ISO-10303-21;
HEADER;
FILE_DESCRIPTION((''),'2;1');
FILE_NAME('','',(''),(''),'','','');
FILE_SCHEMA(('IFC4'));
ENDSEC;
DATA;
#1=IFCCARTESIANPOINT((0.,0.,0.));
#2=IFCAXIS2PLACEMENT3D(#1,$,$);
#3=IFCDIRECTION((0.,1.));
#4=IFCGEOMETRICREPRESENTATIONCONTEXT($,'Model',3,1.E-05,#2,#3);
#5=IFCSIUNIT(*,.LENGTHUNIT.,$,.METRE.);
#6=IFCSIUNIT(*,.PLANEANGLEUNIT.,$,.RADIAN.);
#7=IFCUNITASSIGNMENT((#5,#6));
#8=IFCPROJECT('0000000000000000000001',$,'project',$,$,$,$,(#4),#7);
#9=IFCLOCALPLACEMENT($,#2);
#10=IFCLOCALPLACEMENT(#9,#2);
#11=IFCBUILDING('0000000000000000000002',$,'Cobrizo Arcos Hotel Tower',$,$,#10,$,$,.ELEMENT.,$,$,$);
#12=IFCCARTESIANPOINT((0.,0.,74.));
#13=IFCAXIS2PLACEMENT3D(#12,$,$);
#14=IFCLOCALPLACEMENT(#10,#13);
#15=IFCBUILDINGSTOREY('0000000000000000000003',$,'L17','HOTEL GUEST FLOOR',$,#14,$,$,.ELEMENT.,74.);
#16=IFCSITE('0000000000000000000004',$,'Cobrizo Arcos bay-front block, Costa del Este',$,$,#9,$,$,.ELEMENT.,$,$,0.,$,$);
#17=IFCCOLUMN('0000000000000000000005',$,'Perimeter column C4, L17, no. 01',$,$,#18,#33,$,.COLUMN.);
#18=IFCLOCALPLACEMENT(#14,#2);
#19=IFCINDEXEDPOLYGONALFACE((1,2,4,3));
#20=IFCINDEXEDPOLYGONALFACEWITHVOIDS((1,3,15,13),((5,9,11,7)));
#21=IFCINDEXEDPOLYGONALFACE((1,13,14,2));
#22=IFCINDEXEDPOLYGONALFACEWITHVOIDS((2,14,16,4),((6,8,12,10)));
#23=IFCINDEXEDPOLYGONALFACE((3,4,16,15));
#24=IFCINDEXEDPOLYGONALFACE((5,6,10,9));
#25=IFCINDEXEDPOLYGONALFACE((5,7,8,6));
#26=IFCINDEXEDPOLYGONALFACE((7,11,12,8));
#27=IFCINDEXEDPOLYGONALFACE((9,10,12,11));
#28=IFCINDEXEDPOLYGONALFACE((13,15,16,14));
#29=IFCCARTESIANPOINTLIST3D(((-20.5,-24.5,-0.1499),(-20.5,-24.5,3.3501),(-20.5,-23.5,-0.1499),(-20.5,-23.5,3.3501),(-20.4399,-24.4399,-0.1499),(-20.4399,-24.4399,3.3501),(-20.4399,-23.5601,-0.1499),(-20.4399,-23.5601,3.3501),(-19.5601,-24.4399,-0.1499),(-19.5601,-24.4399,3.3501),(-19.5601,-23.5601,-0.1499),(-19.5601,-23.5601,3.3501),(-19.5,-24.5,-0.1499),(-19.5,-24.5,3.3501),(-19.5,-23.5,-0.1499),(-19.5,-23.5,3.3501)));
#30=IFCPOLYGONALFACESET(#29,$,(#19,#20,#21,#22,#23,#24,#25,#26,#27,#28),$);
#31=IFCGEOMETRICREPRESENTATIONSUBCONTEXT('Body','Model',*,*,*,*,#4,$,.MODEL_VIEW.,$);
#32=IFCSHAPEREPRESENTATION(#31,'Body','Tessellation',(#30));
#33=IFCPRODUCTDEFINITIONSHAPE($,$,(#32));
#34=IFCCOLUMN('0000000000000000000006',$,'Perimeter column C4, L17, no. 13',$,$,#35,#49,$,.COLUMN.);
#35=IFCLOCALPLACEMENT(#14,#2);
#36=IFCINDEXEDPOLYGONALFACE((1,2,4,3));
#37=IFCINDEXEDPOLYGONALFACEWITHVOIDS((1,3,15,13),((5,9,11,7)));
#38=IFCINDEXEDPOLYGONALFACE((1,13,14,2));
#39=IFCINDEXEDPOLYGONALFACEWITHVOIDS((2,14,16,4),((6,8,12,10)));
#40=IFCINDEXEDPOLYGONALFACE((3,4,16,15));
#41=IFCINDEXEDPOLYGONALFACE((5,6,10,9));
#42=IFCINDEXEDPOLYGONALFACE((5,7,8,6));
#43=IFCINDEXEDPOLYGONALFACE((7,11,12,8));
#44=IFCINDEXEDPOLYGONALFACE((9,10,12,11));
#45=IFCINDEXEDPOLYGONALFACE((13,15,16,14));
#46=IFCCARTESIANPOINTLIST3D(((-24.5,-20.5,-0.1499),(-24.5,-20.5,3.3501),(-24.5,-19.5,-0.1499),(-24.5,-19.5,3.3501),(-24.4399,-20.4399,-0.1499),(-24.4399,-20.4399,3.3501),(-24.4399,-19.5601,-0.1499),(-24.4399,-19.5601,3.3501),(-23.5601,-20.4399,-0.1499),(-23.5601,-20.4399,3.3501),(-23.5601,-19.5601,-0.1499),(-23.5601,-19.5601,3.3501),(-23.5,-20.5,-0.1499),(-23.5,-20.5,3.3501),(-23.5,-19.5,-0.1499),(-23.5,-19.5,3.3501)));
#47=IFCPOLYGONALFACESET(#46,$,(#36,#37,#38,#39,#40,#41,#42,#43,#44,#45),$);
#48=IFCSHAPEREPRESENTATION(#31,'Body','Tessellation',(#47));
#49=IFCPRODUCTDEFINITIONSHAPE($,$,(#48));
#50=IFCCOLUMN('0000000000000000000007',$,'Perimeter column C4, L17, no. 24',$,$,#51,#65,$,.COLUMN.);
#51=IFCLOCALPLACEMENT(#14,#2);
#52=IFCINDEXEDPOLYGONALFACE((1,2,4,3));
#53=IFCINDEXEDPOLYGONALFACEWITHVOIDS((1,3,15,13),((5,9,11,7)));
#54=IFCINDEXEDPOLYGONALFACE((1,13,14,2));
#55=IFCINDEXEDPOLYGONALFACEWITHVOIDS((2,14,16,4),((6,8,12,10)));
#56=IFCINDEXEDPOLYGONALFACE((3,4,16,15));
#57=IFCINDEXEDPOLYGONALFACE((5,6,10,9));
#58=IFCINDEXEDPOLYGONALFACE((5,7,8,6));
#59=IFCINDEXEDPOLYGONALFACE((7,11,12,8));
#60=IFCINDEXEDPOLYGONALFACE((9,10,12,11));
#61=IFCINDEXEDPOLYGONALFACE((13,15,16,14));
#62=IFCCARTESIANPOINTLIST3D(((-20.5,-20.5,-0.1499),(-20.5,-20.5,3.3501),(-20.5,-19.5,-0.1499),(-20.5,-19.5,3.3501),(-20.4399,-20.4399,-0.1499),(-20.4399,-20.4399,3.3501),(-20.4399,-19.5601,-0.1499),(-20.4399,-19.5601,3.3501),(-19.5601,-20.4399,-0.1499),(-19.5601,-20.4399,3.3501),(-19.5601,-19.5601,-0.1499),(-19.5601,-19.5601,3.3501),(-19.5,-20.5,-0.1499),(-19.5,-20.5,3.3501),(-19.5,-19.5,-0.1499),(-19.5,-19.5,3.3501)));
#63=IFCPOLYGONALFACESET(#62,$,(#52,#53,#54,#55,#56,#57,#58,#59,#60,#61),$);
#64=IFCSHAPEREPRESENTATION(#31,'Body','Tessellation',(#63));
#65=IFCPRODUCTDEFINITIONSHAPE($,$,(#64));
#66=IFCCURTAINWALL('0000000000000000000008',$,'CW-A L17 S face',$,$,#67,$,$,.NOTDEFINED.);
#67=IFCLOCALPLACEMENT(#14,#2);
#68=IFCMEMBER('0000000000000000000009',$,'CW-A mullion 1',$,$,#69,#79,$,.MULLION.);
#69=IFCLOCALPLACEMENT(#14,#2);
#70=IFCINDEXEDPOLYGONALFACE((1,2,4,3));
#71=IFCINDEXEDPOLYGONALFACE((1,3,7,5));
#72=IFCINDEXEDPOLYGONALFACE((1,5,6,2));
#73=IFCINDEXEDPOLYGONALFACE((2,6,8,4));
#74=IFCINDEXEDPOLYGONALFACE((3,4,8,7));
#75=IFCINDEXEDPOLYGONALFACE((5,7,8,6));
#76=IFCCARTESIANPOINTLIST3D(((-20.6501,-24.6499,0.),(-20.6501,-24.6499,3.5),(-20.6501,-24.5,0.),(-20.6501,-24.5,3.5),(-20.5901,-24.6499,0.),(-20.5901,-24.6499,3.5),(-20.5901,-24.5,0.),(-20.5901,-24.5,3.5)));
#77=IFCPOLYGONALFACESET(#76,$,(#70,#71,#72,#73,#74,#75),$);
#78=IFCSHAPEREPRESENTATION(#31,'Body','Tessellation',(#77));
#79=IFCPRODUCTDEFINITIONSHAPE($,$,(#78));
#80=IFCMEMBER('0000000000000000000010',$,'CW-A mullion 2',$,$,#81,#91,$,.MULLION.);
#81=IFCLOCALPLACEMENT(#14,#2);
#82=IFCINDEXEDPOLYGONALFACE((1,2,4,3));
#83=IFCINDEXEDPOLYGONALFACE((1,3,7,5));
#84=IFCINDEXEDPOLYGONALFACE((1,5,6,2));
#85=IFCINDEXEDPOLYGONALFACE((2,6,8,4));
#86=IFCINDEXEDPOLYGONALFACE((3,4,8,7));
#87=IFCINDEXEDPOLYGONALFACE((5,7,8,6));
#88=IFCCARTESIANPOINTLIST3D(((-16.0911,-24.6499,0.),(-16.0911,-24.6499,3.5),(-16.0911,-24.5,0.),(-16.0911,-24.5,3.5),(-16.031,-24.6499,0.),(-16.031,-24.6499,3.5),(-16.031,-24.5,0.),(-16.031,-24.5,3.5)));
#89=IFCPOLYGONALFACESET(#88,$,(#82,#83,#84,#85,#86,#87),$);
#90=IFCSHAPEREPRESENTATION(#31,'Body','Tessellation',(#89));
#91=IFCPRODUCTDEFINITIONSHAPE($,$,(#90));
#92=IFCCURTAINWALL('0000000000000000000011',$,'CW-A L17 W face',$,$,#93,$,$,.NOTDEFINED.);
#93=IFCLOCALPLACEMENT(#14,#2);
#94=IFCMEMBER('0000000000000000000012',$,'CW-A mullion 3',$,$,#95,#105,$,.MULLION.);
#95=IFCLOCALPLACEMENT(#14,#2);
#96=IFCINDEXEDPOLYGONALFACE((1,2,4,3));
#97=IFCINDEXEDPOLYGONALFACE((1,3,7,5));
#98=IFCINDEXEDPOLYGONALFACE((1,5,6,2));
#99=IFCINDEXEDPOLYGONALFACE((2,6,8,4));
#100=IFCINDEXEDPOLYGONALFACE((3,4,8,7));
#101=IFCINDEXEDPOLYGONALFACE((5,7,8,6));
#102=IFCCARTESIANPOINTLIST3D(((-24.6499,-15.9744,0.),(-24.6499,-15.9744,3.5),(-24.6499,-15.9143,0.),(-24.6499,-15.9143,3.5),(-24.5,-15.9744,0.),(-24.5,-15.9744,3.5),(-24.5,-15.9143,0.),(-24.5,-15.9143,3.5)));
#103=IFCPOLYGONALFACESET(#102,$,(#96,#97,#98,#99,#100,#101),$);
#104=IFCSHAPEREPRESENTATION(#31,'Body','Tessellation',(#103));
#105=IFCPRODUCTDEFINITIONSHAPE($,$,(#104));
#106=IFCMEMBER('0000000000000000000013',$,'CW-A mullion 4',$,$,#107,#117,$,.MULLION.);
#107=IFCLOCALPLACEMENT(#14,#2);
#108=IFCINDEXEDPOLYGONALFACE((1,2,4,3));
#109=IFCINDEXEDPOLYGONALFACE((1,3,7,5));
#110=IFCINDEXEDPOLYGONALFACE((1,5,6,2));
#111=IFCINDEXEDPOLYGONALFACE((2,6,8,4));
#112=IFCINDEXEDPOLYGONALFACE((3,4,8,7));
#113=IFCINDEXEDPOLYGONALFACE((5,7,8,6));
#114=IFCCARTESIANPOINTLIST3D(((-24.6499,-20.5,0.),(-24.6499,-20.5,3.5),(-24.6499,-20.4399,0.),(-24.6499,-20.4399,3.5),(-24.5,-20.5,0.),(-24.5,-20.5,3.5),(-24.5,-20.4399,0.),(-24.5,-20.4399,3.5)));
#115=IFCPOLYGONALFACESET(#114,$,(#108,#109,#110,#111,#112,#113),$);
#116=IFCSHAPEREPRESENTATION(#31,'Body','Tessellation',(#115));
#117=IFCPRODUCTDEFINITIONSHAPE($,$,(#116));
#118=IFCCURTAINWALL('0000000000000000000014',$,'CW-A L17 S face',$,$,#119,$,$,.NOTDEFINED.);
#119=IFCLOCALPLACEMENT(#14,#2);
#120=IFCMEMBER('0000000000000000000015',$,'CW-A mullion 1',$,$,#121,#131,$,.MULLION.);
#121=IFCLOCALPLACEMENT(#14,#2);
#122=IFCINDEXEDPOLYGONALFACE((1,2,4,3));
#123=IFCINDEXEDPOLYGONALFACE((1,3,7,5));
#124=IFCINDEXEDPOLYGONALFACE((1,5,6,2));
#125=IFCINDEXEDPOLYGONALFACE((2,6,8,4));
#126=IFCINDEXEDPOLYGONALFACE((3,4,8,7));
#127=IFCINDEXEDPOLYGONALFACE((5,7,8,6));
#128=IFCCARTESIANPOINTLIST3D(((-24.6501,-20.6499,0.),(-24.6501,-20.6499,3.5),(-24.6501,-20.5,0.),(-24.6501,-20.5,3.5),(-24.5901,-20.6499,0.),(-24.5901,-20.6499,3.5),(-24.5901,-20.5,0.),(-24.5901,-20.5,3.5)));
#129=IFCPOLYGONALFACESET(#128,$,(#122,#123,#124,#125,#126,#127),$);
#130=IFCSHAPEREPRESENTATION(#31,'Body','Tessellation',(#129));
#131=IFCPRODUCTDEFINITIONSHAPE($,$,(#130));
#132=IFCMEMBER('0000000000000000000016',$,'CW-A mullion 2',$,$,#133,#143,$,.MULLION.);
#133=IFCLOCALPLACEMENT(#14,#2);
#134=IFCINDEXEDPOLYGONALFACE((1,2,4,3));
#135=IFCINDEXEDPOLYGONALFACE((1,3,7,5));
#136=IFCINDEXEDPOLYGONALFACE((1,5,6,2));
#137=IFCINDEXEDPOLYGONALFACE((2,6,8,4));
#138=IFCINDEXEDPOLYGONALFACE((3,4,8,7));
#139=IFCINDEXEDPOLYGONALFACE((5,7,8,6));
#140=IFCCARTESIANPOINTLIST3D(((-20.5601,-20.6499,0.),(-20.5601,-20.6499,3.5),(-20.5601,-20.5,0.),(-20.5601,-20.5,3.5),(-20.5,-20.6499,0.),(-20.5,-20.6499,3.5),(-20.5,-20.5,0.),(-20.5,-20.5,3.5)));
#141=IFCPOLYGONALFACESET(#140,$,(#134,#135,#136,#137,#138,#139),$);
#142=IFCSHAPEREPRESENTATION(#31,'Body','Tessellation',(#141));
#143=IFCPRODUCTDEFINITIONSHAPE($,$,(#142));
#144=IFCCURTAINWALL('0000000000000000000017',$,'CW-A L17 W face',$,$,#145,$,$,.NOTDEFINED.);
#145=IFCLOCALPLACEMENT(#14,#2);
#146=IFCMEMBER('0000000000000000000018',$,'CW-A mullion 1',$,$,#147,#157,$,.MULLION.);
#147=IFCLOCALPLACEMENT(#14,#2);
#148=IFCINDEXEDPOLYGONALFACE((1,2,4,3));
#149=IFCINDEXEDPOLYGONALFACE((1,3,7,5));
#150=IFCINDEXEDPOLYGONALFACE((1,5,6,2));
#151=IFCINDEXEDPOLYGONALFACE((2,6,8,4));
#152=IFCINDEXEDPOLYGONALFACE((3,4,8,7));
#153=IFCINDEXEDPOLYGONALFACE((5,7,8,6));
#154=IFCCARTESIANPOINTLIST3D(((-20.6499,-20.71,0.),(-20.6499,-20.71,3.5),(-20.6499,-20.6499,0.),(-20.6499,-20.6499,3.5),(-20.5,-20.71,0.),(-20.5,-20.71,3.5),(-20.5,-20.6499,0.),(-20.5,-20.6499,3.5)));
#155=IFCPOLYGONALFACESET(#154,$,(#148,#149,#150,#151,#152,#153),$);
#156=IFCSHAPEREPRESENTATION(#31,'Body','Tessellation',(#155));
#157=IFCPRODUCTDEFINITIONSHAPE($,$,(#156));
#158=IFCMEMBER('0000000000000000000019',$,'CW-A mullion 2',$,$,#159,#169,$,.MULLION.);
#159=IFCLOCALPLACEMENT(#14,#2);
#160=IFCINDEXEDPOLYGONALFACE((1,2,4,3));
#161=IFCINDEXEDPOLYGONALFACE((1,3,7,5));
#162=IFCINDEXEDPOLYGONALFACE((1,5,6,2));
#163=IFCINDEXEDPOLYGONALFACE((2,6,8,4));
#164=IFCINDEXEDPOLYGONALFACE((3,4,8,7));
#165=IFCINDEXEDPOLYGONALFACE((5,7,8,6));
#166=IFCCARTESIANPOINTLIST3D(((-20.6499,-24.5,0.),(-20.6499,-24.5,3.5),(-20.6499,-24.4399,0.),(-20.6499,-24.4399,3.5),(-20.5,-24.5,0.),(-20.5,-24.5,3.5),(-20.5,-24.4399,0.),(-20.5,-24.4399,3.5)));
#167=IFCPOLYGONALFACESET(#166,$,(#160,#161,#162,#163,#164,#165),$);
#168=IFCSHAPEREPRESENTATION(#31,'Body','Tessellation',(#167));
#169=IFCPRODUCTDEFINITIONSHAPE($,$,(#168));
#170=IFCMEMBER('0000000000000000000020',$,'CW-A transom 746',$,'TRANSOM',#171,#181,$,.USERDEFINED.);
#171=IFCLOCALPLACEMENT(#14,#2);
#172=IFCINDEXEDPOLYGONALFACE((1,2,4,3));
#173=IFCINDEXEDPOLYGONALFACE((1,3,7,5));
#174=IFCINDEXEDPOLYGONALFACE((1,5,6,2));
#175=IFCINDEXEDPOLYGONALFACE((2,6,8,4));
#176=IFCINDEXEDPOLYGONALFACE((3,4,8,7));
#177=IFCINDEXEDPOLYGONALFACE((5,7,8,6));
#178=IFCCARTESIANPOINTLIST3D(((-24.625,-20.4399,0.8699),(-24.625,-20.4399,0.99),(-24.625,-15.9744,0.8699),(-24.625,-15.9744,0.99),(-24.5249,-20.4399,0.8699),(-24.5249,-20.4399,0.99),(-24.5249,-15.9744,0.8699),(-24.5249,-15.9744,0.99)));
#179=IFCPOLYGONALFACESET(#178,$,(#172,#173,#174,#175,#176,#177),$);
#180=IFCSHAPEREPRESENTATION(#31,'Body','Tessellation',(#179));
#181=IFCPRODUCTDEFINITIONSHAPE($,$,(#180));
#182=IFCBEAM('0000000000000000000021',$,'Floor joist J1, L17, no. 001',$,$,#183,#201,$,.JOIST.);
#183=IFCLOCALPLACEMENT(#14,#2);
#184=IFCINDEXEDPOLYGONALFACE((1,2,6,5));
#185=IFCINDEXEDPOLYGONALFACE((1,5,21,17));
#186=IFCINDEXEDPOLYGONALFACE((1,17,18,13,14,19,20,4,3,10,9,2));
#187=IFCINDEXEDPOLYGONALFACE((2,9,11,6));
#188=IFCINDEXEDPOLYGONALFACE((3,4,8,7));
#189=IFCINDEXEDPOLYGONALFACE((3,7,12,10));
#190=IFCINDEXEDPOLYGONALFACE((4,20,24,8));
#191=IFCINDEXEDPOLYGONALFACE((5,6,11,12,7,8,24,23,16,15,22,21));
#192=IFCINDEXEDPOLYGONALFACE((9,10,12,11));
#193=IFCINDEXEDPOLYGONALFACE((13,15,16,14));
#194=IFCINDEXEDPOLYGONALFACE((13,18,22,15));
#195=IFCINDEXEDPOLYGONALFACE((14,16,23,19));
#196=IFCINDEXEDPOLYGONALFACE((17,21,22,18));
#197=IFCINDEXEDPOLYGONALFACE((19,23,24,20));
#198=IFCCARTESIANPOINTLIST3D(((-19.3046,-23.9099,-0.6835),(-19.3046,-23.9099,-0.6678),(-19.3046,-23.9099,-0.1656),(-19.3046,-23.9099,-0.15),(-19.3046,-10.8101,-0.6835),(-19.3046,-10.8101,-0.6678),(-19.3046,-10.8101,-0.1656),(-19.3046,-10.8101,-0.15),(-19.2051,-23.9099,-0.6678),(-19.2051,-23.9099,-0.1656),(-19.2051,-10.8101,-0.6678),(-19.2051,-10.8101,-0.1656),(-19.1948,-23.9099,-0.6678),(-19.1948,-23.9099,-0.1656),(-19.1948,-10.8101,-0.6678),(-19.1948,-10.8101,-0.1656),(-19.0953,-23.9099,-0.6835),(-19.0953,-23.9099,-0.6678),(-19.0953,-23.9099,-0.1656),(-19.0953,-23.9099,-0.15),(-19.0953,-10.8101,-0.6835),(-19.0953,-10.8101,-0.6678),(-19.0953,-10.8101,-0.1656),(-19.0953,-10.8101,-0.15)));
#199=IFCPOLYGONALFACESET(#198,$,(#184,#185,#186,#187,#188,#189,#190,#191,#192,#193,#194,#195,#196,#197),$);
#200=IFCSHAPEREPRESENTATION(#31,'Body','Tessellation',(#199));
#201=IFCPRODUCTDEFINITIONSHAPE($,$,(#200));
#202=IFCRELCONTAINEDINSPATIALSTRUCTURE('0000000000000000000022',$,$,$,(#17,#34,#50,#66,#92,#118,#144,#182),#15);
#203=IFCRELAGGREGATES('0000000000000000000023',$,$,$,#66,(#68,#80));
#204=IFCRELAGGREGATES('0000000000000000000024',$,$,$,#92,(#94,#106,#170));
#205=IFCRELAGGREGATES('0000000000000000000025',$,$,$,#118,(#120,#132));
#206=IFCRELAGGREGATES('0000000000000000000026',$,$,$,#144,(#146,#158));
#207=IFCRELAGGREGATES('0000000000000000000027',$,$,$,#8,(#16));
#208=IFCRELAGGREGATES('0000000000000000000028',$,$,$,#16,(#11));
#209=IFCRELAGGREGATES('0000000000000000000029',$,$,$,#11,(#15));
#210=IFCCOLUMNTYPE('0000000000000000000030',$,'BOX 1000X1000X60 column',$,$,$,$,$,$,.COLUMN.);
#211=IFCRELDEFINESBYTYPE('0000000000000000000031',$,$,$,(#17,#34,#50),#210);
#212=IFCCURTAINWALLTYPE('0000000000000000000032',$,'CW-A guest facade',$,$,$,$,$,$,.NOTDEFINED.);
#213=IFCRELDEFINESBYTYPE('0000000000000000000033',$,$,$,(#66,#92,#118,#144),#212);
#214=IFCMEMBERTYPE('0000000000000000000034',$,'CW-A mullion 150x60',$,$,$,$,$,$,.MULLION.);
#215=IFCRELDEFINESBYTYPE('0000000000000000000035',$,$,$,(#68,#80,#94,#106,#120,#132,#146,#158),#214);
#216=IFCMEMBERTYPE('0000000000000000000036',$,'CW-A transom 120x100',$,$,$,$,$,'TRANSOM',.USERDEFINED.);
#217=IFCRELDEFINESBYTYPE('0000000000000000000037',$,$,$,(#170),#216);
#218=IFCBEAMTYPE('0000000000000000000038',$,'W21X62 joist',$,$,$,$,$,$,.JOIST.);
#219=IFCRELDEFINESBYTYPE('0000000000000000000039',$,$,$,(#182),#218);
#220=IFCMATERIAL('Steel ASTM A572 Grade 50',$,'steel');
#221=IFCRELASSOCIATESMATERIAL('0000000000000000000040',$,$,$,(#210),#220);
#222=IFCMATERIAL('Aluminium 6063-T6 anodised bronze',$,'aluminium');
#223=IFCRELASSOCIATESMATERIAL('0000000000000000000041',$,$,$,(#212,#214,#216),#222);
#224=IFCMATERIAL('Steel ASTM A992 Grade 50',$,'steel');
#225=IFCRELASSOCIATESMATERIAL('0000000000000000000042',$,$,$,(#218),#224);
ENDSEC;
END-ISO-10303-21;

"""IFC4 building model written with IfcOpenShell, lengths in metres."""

from ifc_helpers import new_model, si_unit, direction, frame, origin, origin_2d, place, context, subcontext, project, spatial, rectangle, hollow_rectangle, i_section, extrude, material, material_profile, profile_set, type_object, element, aggregate, save


model = new_model("IFC4")

# Units and contexts
model_context = context("Model", 3, precision=1e-05, world=origin(), true_north=direction((0.0, 1.0)))
body_context = subcontext(model_context, "Body", "Model", "MODEL_VIEW")
ifc_project = project(units=[si_unit("LENGTHUNIT", "METRE"), si_unit("PLANEANGLEUNIT", "RADIAN")], contexts=[model_context])

# Site, building, storey
site_placement = place(None, origin())
site = spatial("IfcSite", under=ifc_project, at=site_placement, Name="Cobrizo Arcos bay-front block, Costa del Este", CompositionType="ELEMENT", RefElevation=0.0)
building_placement = place(site_placement, origin())
building = spatial("IfcBuilding", under=site, at=building_placement, Name="Cobrizo Arcos Hotel Tower", CompositionType="ELEMENT")
storey_placement = place(building_placement, frame((0.0, 0.0, 74.0)))
storey = spatial("IfcBuildingStorey", under=building, at=storey_placement, Name="L17", Description="HOTEL GUEST FLOOR", CompositionType="ELEMENT", Elevation=74.0)

# Columns
ifc_material_1 = material(Name="Steel ASTM A572 Grade 50", Category="steel")
ifc_material_profile_1 = material_profile(ifc_material_1, hollow_rectangle(XDim=1.0, YDim=1.0, WallThickness=0.0601, at=origin_2d()), Name="BOX 1000X1000X60")
ifc_profile_set_1 = profile_set([ifc_material_profile_1], Name="Steel ASTM A572 Grade 50")
column_type = type_object("IfcColumnType", Name="BOX 1000X1000X60 column", PredefinedType="COLUMN", material=ifc_profile_set_1)
for number, where, z_axis, x_axis, name in (
    (1, (-20.0, -24.0, -0.1499), (0.0, 0.0, 1.0), (1.0, 0.0, 0.0), "Perimeter column C4, L17, no. 01"),
    (2, (-24.0, -20.0, -0.1499), (0.0, 0.0, 1.0), (1.0, 0.0, 0.0), "Perimeter column C4, L17, no. 13"),
    (3, (-20.0, -20.0, -0.1499), (0.0, 0.0, 1.0), (1.0, 0.0, 0.0), "Perimeter column C4, L17, no. 24"),
):
    element("IfcColumn", number, at=place(storey_placement, frame(where, z_axis=z_axis, x_axis=x_axis)), inside=storey, type_object=column_type, Name=name, PredefinedType="COLUMN", context=body_context, shape_type="SweptSolid", body=[
        extrude(hollow_rectangle(XDim=1.0, YDim=1.0, WallThickness=0.0601, at=origin_2d()), origin(), (0.0, 0.0, 1.0), 3.5),
    ])

# Curtain walls, members
ifc_material_2 = material(Name="Aluminium 6063-T6 anodised bronze", Category="aluminium")
curtain_wall_type = type_object("IfcCurtainWallType", Name="CW-A guest facade", PredefinedType="NOTDEFINED", material=ifc_material_2)
curtain_wall_1_placement = place(storey_placement, origin())
curtain_wall_1 = element("IfcCurtainWall", 4, at=curtain_wall_1_placement, inside=storey, type_object=curtain_wall_type, Name="CW-A L17 S face", PredefinedType="NOTDEFINED")
ifc_material_profile_2 = material_profile(ifc_material_2, rectangle(XDim=0.1499, YDim=0.0601, at=origin_2d()), Name="CW-A mullion 150x60")
ifc_profile_set_2 = profile_set([ifc_material_profile_2], Name="Aluminium 6063-T6 anodised bronze")
member_type_1 = type_object("IfcMemberType", Name="CW-A mullion 150x60", PredefinedType="MULLION", material=ifc_profile_set_2)
member_1_placement = place(storey_placement, frame((-20.6201, -24.575, 0.0), z_axis=(0.0, 0.0, 1.0), x_axis=(0.0, -1.0, 0.0)))
member_1 = element("IfcMember", 5, at=member_1_placement, type_object=member_type_1, Name="CW-A mullion 1", PredefinedType="MULLION", context=body_context, shape_type="SweptSolid", body=[
    extrude(rectangle(XDim=0.1499, YDim=0.0601, at=origin_2d()), origin(), (0.0, 0.0, 1.0), 3.5),
])
member_2_placement = place(storey_placement, frame((-16.061, -24.575, 0.0), z_axis=(0.0, 0.0, 1.0), x_axis=(0.0, -1.0, 0.0)))
member_2 = element("IfcMember", 6, at=member_2_placement, type_object=member_type_1, Name="CW-A mullion 2", PredefinedType="MULLION", context=body_context, shape_type="SweptSolid", body=[
    extrude(rectangle(XDim=0.1499, YDim=0.0601, at=origin_2d()), origin(), (0.0, 0.0, 1.0), 3.5),
])
curtain_wall_2_placement = place(storey_placement, origin())
curtain_wall_2 = element("IfcCurtainWall", 7, at=curtain_wall_2_placement, inside=storey, type_object=curtain_wall_type, Name="CW-A L17 W face", PredefinedType="NOTDEFINED")
member_3_placement = place(storey_placement, frame((-24.575, -15.9443, 0.0), z_axis=(0.0, 0.0, 1.0), x_axis=(-1.0, 0.0, 0.0)))
member_3 = element("IfcMember", 8, at=member_3_placement, type_object=member_type_1, Name="CW-A mullion 3", PredefinedType="MULLION", context=body_context, shape_type="SweptSolid", body=[
    extrude(rectangle(XDim=0.1499, YDim=0.0601, at=origin_2d()), origin(), (0.0, 0.0, 1.0), 3.5),
])
member_4_placement = place(storey_placement, frame((-24.575, -20.47, 0.0), z_axis=(0.0, 0.0, 1.0), x_axis=(-1.0, 0.0, 0.0)))
member_4 = element("IfcMember", 9, at=member_4_placement, type_object=member_type_1, Name="CW-A mullion 4", PredefinedType="MULLION", context=body_context, shape_type="SweptSolid", body=[
    extrude(rectangle(XDim=0.1499, YDim=0.0601, at=origin_2d()), origin(), (0.0, 0.0, 1.0), 3.5),
])
curtain_wall_3_placement = place(storey_placement, origin())
curtain_wall_3 = element("IfcCurtainWall", 10, at=curtain_wall_3_placement, inside=storey, type_object=curtain_wall_type, Name="CW-A L17 S face", PredefinedType="NOTDEFINED")
member_5_placement = place(storey_placement, frame((-24.6201, -20.575, 0.0), z_axis=(0.0, 0.0, 1.0), x_axis=(0.0, -1.0, 0.0)))
member_5 = element("IfcMember", 11, at=member_5_placement, type_object=member_type_1, Name="CW-A mullion 1", PredefinedType="MULLION", context=body_context, shape_type="SweptSolid", body=[
    extrude(rectangle(XDim=0.1499, YDim=0.0601, at=origin_2d()), origin(), (0.0, 0.0, 1.0), 3.5),
])
member_6_placement = place(storey_placement, frame((-20.53, -20.575, 0.0), z_axis=(0.0, 0.0, 1.0), x_axis=(0.0, -1.0, 0.0)))
member_6 = element("IfcMember", 12, at=member_6_placement, type_object=member_type_1, Name="CW-A mullion 2", PredefinedType="MULLION", context=body_context, shape_type="SweptSolid", body=[
    extrude(rectangle(XDim=0.1499, YDim=0.0601, at=origin_2d()), origin(), (0.0, 0.0, 1.0), 3.5),
])
curtain_wall_4_placement = place(storey_placement, origin())
curtain_wall_4 = element("IfcCurtainWall", 13, at=curtain_wall_4_placement, inside=storey, type_object=curtain_wall_type, Name="CW-A L17 W face", PredefinedType="NOTDEFINED")
member_7_placement = place(storey_placement, frame((-20.575, -20.6799, 0.0), z_axis=(0.0, 0.0, 1.0), x_axis=(-1.0, 0.0, 0.0)))
member_7 = element("IfcMember", 14, at=member_7_placement, type_object=member_type_1, Name="CW-A mullion 1", PredefinedType="MULLION", context=body_context, shape_type="SweptSolid", body=[
    extrude(rectangle(XDim=0.1499, YDim=0.0601, at=origin_2d()), origin(), (0.0, 0.0, 1.0), 3.5),
])
member_8_placement = place(storey_placement, frame((-20.575, -24.47, 0.0), z_axis=(0.0, 0.0, 1.0), x_axis=(-1.0, 0.0, 0.0)))
member_8 = element("IfcMember", 15, at=member_8_placement, type_object=member_type_1, Name="CW-A mullion 2", PredefinedType="MULLION", context=body_context, shape_type="SweptSolid", body=[
    extrude(rectangle(XDim=0.1499, YDim=0.0601, at=origin_2d()), origin(), (0.0, 0.0, 1.0), 3.5),
])

# Member
ifc_material_profile_3 = material_profile(ifc_material_2, rectangle(XDim=0.1001, YDim=0.1201, at=origin_2d()), Name="CW-A transom 120x100")
ifc_profile_set_3 = profile_set([ifc_material_profile_3], Name="Aluminium 6063-T6 anodised bronze")
member_type_2 = type_object("IfcMemberType", Name="CW-A transom 120x100", ElementType="TRANSOM", PredefinedType="USERDEFINED", material=ifc_profile_set_3)
member_9_placement = place(storey_placement, frame((-24.575, -15.9744, 0.9299), z_axis=(0.0, -1.0, 0.0), x_axis=(1.0, 0.0, 0.0)))
member_9 = element("IfcMember", 16, at=member_9_placement, type_object=member_type_2, Name="CW-A transom 746", ObjectType="TRANSOM", PredefinedType="USERDEFINED", context=body_context, shape_type="SweptSolid", body=[
    extrude(rectangle(XDim=0.1001, YDim=0.1201, at=origin_2d()), origin(), (0.0, 0.0, 1.0), 4.4656),
])

# Beam
ifc_material_3 = material(Name="Steel ASTM A992 Grade 50", Category="steel")
ifc_material_profile_4 = material_profile(ifc_material_3, i_section(OverallWidth=0.2092, OverallDepth=0.5334, WebThickness=0.0103, FlangeThickness=0.0156, at=origin_2d()), Name="W21X62")
ifc_profile_set_4 = profile_set([ifc_material_profile_4], Name="Steel ASTM A992 Grade 50")
beam_type_1 = type_object("IfcBeamType", Name="W21X62 joist", PredefinedType="JOIST", material=ifc_profile_set_4)
beam_1_placement = place(storey_placement, frame((-19.2, -23.9099, -0.4167), z_axis=(0.0, 1.0, 0.0), x_axis=(-1.0, 0.0, 0.0)))
element("IfcBeam", 17, at=beam_1_placement, inside=storey, type_object=beam_type_1, Name="Floor joist J1, L17, no. 001", PredefinedType="JOIST", context=body_context, shape_type="SweptSolid", body=[
    extrude(i_section(OverallWidth=0.2092, OverallDepth=0.5334, WebThickness=0.0103, FlangeThickness=0.0156, at=origin_2d()), origin(), (0.0, 0.0, 1.0), 13.0999),
])

aggregate(curtain_wall_1, [member_1, member_2])
aggregate(curtain_wall_2, [member_3, member_4, member_9])
aggregate(curtain_wall_3, [member_5, member_6])
aggregate(curtain_wall_4, [member_7, member_8])

save(model, "model.ifc")
